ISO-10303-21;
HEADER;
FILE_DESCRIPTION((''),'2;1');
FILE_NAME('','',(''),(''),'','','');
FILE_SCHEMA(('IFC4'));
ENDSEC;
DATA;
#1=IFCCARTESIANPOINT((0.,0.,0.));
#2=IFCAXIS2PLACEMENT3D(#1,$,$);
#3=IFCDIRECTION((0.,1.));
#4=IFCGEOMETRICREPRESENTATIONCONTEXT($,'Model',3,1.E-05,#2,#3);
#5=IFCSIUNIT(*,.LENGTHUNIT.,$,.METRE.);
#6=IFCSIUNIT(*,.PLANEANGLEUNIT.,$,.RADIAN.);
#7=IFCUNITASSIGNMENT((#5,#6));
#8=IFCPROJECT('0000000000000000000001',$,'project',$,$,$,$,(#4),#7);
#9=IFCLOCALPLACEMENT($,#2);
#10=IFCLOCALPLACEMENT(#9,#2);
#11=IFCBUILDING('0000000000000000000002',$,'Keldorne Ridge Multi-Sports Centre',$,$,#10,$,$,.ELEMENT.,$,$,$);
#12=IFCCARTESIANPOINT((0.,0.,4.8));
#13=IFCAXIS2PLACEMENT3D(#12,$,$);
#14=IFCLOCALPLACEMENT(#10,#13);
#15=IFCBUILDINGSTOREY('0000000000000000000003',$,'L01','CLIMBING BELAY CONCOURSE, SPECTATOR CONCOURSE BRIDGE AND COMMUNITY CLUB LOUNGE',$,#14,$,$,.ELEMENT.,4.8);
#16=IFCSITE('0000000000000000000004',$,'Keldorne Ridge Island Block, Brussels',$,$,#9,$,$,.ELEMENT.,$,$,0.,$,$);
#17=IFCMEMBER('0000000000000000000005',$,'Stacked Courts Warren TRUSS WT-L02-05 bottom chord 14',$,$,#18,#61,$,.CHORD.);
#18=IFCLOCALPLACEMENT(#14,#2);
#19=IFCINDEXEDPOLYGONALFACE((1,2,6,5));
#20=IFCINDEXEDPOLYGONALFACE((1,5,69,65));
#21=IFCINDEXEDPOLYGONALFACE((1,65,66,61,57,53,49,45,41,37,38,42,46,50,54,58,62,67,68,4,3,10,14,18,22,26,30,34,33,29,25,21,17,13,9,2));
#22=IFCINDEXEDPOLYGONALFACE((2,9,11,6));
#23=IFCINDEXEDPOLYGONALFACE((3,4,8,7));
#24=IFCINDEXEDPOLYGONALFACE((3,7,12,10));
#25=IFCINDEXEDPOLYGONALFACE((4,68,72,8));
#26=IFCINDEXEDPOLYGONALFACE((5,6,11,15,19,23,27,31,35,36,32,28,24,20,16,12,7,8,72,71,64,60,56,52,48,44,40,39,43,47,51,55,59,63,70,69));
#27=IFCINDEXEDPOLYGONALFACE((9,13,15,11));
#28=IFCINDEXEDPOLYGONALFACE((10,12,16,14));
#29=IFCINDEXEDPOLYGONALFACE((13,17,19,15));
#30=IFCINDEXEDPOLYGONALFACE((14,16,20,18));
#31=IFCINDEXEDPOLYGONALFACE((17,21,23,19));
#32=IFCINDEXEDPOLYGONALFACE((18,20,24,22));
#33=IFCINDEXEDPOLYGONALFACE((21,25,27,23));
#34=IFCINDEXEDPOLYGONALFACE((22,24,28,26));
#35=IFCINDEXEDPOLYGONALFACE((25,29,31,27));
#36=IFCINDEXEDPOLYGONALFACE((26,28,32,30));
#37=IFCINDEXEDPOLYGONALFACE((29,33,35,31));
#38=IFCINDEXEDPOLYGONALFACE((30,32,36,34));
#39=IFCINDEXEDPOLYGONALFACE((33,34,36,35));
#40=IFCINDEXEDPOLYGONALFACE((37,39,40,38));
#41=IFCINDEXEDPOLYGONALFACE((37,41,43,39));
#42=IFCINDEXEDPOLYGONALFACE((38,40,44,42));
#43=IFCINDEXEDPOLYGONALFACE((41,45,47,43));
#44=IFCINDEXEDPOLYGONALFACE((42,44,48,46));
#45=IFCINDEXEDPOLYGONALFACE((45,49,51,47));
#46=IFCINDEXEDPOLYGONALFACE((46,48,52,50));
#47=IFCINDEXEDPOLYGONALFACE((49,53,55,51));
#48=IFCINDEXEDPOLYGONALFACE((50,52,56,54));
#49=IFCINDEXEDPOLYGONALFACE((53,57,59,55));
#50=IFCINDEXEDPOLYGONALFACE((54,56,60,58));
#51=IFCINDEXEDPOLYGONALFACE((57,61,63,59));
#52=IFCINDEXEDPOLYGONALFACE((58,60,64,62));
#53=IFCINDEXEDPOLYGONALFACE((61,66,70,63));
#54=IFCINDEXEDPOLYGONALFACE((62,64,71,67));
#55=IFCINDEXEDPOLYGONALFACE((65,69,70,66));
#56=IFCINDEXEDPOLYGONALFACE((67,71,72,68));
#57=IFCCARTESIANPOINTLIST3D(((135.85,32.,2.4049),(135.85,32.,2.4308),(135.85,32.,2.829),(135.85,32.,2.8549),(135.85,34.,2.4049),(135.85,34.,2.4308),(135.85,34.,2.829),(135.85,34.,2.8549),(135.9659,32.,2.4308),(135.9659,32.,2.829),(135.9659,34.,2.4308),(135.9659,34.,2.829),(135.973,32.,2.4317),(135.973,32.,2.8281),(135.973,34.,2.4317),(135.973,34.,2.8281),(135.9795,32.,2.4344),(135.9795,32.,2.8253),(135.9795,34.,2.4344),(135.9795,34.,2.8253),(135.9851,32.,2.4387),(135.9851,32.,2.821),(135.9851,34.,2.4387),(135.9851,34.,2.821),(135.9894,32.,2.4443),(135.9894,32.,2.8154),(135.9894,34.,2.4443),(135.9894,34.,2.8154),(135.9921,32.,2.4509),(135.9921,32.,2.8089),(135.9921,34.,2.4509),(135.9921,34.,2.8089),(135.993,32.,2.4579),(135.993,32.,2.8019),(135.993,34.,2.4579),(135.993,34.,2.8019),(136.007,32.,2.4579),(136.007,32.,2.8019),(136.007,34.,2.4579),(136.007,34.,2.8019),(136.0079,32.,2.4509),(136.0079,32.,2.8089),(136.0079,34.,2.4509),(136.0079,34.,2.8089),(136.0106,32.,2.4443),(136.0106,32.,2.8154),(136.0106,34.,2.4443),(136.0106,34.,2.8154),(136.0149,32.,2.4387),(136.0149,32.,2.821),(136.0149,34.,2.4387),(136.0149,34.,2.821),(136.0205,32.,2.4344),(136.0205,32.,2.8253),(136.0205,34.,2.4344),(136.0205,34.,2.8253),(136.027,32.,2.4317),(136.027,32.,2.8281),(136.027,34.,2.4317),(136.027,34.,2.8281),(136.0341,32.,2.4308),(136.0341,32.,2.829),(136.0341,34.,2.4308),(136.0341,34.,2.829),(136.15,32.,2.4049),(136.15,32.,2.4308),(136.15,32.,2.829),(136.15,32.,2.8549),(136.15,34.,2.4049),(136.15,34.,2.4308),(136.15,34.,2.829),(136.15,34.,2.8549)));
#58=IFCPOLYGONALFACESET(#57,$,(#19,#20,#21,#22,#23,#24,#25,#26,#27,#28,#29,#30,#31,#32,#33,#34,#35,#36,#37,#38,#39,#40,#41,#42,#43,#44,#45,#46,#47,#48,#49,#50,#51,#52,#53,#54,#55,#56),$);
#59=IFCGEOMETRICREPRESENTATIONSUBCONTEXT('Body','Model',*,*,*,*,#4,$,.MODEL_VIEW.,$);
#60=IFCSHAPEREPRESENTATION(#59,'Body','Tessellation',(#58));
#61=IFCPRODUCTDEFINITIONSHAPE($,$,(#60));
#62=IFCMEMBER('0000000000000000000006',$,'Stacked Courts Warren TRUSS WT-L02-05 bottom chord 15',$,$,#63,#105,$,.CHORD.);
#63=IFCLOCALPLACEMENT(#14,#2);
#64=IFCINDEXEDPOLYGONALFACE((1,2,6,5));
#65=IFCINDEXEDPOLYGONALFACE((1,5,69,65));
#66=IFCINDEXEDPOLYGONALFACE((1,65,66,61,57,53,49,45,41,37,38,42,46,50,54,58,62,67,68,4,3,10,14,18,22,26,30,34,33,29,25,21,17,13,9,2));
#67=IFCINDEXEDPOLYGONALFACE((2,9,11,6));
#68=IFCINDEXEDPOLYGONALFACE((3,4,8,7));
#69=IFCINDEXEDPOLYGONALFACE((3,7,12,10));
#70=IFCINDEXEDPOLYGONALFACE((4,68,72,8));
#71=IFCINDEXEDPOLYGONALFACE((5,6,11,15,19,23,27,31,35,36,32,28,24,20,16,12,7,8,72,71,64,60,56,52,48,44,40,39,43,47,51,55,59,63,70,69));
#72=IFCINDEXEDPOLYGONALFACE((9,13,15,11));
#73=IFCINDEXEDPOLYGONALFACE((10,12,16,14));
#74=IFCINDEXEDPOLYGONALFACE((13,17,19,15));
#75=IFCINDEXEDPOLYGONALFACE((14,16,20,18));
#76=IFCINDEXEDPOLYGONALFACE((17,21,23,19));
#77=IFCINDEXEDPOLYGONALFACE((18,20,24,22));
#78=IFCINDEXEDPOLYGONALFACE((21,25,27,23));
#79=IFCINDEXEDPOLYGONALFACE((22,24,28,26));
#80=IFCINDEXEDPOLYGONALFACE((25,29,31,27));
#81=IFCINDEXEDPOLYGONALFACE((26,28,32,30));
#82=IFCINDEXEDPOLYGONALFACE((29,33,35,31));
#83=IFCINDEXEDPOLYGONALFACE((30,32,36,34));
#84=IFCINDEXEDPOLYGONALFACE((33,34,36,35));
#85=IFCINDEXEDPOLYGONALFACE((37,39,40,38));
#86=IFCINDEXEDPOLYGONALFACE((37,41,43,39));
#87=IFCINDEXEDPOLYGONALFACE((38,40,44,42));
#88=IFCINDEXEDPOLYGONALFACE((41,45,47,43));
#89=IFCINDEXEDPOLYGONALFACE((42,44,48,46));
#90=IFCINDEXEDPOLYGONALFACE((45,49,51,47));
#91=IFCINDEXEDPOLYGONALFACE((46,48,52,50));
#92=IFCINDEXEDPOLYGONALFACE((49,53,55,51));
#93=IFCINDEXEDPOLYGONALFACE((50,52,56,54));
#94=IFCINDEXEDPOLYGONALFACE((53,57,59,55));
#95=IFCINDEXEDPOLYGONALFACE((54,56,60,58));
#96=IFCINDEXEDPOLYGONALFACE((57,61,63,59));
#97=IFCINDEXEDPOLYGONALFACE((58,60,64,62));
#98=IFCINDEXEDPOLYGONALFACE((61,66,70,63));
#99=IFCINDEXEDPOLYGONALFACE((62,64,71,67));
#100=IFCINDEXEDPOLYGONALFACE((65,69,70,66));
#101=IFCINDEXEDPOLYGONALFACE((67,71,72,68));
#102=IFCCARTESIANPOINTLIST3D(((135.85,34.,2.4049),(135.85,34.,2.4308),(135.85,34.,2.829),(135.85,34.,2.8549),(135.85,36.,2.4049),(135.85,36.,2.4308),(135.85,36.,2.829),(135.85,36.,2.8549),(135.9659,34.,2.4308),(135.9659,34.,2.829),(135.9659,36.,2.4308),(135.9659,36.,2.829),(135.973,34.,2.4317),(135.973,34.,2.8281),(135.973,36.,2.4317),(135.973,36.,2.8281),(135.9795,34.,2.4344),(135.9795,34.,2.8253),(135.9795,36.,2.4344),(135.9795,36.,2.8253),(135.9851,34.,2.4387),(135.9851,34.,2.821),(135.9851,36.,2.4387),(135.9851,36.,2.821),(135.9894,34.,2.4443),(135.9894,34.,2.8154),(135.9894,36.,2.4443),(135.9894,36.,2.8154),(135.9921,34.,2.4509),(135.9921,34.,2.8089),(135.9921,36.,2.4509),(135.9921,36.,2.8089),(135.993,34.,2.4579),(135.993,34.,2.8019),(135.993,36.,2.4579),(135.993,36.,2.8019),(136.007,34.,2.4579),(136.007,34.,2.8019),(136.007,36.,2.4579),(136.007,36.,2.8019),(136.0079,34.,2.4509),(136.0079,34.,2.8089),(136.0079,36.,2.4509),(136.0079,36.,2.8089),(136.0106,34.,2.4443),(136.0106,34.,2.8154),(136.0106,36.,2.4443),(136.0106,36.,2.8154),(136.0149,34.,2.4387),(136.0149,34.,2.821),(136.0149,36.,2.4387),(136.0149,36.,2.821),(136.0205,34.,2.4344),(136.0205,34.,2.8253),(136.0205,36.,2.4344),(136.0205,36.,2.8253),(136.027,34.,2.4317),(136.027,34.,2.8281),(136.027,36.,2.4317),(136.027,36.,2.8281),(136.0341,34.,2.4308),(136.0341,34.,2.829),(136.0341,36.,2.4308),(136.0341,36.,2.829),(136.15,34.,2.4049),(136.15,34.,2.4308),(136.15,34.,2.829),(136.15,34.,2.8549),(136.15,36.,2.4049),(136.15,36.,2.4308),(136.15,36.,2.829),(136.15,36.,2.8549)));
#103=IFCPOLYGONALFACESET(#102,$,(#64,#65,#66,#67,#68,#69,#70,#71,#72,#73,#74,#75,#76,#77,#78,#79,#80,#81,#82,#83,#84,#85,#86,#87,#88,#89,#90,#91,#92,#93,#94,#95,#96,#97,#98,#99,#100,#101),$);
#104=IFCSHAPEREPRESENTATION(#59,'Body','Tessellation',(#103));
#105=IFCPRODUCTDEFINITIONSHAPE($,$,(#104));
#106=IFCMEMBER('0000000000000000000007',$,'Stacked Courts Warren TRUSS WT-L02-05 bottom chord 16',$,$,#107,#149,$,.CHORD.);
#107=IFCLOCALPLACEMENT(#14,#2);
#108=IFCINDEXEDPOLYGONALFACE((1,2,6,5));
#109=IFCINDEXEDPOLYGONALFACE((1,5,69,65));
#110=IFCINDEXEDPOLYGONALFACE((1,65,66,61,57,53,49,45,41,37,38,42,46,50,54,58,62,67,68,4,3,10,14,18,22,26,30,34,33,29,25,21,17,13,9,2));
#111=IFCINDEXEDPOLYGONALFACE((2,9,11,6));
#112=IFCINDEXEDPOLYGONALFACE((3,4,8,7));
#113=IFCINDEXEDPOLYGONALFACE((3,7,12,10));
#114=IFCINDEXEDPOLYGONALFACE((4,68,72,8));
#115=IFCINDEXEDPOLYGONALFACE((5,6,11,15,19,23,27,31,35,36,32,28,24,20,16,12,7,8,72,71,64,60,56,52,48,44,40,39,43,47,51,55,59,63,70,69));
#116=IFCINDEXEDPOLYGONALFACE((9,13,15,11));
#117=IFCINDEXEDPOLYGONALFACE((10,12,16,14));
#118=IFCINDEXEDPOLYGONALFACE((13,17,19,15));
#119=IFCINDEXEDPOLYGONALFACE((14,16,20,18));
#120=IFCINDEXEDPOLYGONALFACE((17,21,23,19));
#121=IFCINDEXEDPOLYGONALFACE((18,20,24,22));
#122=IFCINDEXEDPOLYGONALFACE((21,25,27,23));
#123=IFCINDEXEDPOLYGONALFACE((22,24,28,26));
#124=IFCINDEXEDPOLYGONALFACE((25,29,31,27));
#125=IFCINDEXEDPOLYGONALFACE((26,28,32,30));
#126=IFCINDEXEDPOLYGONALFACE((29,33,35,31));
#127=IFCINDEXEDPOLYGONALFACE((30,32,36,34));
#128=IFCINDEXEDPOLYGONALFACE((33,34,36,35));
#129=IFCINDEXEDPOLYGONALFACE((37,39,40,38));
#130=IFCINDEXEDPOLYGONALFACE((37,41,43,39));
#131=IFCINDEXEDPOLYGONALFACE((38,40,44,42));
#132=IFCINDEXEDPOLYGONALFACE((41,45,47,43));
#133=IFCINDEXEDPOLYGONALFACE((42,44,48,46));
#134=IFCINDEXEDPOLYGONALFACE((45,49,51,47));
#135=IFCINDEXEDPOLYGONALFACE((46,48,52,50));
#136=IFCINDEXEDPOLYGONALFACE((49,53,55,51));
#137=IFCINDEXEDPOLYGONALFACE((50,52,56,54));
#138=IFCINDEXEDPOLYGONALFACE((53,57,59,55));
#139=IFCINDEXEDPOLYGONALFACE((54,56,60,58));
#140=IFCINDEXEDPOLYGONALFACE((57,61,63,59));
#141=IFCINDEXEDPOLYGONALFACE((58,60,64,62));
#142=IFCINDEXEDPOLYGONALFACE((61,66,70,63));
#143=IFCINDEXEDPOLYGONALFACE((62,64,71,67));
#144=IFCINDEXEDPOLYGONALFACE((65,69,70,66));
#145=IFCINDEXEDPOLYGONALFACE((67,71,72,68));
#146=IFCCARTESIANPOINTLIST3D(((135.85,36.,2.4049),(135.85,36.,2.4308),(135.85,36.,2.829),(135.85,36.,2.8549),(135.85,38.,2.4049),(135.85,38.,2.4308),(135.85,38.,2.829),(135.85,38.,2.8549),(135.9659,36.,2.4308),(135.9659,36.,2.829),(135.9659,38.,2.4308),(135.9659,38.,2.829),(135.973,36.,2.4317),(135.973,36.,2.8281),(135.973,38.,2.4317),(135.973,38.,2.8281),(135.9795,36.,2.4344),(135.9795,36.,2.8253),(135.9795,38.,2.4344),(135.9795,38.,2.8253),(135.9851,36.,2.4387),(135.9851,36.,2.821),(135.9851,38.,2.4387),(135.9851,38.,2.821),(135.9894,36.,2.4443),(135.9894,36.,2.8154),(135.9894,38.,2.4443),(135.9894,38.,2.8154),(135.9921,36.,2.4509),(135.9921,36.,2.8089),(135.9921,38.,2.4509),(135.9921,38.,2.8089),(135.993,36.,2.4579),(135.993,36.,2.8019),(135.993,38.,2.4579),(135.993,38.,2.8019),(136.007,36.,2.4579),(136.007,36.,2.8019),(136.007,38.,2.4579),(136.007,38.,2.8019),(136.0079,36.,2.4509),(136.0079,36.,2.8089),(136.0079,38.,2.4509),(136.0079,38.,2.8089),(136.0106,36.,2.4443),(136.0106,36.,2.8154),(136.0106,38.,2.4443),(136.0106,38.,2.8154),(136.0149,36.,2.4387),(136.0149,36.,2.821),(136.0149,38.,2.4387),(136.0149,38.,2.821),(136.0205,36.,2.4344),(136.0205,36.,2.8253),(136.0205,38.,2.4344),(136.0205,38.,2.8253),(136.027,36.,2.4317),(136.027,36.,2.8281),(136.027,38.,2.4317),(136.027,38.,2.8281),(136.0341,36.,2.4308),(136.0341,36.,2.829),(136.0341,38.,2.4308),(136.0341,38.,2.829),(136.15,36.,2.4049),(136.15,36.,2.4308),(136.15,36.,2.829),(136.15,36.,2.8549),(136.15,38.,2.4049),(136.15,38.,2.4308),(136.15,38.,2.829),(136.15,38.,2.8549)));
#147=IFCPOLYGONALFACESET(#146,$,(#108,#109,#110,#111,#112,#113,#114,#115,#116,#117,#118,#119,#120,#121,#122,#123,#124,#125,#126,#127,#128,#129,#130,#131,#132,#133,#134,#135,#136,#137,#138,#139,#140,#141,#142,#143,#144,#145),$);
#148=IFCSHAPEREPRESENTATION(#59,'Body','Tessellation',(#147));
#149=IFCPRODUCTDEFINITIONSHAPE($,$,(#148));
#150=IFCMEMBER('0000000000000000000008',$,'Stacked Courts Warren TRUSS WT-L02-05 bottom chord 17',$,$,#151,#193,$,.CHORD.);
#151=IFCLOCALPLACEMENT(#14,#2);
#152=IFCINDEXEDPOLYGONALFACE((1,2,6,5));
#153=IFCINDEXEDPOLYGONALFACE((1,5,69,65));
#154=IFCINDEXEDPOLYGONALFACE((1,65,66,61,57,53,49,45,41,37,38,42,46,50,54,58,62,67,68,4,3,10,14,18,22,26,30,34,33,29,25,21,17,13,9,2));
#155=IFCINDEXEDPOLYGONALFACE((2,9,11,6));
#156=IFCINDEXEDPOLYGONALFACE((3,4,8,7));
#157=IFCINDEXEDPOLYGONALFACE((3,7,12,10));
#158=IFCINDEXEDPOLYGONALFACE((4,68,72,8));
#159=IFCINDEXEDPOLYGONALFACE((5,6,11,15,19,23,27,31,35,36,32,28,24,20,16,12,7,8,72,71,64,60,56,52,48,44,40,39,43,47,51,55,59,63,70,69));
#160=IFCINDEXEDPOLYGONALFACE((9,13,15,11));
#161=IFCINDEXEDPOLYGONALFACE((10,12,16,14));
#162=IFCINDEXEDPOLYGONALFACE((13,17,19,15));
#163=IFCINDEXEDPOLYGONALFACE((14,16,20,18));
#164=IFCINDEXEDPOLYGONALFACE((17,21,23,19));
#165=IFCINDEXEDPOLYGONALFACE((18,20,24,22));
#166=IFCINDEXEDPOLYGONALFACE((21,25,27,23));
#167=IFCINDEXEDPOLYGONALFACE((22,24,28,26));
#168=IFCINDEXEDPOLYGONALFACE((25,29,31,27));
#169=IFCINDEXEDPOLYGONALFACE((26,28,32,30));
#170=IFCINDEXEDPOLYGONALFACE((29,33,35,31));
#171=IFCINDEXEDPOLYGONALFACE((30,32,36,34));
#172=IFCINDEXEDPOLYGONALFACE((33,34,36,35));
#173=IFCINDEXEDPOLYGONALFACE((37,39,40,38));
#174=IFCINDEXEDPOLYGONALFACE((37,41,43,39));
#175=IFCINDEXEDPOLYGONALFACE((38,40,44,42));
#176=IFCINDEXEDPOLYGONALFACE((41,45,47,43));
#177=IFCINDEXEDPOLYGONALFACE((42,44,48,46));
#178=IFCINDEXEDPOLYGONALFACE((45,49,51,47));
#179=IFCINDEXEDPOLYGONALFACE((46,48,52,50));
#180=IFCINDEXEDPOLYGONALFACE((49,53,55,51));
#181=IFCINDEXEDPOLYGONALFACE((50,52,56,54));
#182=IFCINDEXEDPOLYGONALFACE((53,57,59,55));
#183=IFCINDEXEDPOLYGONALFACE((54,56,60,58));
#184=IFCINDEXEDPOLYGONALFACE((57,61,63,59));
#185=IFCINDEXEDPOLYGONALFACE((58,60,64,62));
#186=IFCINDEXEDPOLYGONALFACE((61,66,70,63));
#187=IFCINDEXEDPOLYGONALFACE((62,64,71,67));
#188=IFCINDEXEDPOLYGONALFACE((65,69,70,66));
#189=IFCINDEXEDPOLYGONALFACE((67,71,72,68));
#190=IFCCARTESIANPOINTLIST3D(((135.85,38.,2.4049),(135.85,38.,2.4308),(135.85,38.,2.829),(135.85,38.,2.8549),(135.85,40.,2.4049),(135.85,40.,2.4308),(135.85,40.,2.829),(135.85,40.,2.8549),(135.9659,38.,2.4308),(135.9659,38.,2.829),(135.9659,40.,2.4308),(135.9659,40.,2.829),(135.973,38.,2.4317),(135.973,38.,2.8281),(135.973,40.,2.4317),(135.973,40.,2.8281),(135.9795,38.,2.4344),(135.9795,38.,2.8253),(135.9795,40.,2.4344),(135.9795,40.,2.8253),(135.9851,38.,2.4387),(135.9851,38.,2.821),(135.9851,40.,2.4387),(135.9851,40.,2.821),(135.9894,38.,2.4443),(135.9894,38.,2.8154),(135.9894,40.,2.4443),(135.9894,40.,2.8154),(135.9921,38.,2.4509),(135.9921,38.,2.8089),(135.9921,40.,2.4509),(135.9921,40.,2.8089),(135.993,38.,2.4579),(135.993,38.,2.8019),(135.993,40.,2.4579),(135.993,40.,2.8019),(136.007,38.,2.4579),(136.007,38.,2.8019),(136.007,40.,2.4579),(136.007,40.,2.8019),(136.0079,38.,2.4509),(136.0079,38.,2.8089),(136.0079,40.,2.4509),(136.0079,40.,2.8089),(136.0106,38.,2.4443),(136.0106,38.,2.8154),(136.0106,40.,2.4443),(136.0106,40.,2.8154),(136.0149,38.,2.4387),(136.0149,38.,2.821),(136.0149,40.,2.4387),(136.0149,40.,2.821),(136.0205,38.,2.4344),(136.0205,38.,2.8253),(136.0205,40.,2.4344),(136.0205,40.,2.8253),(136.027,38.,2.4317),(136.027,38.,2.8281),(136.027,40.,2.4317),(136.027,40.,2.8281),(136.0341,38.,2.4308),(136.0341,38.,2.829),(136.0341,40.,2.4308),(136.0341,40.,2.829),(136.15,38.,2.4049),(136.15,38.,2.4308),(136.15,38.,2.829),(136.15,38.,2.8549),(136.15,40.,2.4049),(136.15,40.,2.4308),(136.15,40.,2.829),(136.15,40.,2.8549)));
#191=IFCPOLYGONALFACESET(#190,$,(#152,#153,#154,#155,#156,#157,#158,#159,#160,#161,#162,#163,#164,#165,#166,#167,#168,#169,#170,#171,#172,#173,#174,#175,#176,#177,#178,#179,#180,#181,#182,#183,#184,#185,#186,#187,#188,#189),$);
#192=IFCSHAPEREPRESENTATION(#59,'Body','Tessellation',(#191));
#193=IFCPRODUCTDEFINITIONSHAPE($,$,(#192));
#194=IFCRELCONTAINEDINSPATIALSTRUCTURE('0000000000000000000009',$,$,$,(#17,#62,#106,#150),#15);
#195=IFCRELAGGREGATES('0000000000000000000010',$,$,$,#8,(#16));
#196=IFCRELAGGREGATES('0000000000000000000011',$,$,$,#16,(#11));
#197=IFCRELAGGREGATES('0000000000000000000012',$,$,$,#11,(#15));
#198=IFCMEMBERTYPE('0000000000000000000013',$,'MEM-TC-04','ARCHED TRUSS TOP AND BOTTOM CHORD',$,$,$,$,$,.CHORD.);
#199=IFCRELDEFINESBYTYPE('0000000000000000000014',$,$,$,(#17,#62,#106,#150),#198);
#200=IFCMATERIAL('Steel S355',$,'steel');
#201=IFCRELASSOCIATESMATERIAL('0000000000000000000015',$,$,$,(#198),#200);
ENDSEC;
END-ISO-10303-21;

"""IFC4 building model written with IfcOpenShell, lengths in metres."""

from ifc_helpers import new_model, si_unit, direction, frame, origin, origin_2d, place, context, subcontext, project, spatial, i_section, extrude, material, material_profile, profile_set, type_object, element, save


model = new_model("IFC4")

# Units and contexts
model_context = context("Model", 3, precision=1e-05, world=origin(), true_north=direction((0.0, 1.0)))
body_context = subcontext(model_context, "Body", "Model", "MODEL_VIEW")
ifc_project = project(units=[si_unit("LENGTHUNIT", "METRE"), si_unit("PLANEANGLEUNIT", "RADIAN")], contexts=[model_context])

# Site, building, storey
site_placement = place(None, origin())
site = spatial("IfcSite", under=ifc_project, at=site_placement, Name="Keldorne Ridge Island Block, Brussels", CompositionType="ELEMENT", RefElevation=0.0)
building_placement = place(site_placement, origin())
building = spatial("IfcBuilding", under=site, at=building_placement, Name="Keldorne Ridge Multi-Sports Centre", CompositionType="ELEMENT")
storey_placement = place(building_placement, frame((0.0, 0.0, 4.8)))
storey = spatial("IfcBuildingStorey", under=building, at=storey_placement, Name="L01", Description="CLIMBING BELAY CONCOURSE, SPECTATOR CONCOURSE BRIDGE AND COMMUNITY CLUB LOUNGE", CompositionType="ELEMENT", Elevation=4.8)

# Members
ifc_material = material(Name="Steel S355", Category="steel")
ifc_material_profile_1 = material_profile(ifc_material, i_section(OverallWidth=0.3, OverallDepth=0.45, WebThickness=0.0139, FlangeThickness=0.0259, FilletRadius=0.0271, at=origin_2d()), Name="HEB 450")
ifc_profile_set_1 = profile_set([ifc_material_profile_1], Name="Steel S355")
member_type_1 = type_object("IfcMemberType", Name="MEM-TC-04", Description="ARCHED TRUSS TOP AND BOTTOM CHORD", PredefinedType="CHORD", material=ifc_profile_set_1)
for number, where, z_axis, x_axis, name in (
    (1, (136.0, 32.0, 2.6299), (0.0, 1.0, 0.0), (-1.0, 0.0, 0.0), "Stacked Courts Warren TRUSS WT-L02-05 bottom chord 14"),
    (2, (136.0, 34.0, 2.6299), (0.0, 1.0, 0.0), (-1.0, 0.0, 0.0), "Stacked Courts Warren TRUSS WT-L02-05 bottom chord 15"),
    (3, (136.0, 36.0, 2.6299), (0.0, 1.0, 0.0), (-1.0, 0.0, 0.0), "Stacked Courts Warren TRUSS WT-L02-05 bottom chord 16"),
    (4, (136.0, 38.0, 2.6299), (0.0, 1.0, 0.0), (-1.0, 0.0, 0.0), "Stacked Courts Warren TRUSS WT-L02-05 bottom chord 17"),
):
    element("IfcMember", number, at=place(storey_placement, frame(where, z_axis=z_axis, x_axis=x_axis)), inside=storey, type_object=member_type_1, Name=name, PredefinedType="CHORD", context=body_context, shape_type="SweptSolid", body=[
        extrude(i_section(OverallWidth=0.3, OverallDepth=0.45, WebThickness=0.0139, FlangeThickness=0.0259, FilletRadius=0.0271, at=origin_2d()), origin(), (0.0, 0.0, 1.0), 2.0),
    ])

save(model, "model.ifc")
